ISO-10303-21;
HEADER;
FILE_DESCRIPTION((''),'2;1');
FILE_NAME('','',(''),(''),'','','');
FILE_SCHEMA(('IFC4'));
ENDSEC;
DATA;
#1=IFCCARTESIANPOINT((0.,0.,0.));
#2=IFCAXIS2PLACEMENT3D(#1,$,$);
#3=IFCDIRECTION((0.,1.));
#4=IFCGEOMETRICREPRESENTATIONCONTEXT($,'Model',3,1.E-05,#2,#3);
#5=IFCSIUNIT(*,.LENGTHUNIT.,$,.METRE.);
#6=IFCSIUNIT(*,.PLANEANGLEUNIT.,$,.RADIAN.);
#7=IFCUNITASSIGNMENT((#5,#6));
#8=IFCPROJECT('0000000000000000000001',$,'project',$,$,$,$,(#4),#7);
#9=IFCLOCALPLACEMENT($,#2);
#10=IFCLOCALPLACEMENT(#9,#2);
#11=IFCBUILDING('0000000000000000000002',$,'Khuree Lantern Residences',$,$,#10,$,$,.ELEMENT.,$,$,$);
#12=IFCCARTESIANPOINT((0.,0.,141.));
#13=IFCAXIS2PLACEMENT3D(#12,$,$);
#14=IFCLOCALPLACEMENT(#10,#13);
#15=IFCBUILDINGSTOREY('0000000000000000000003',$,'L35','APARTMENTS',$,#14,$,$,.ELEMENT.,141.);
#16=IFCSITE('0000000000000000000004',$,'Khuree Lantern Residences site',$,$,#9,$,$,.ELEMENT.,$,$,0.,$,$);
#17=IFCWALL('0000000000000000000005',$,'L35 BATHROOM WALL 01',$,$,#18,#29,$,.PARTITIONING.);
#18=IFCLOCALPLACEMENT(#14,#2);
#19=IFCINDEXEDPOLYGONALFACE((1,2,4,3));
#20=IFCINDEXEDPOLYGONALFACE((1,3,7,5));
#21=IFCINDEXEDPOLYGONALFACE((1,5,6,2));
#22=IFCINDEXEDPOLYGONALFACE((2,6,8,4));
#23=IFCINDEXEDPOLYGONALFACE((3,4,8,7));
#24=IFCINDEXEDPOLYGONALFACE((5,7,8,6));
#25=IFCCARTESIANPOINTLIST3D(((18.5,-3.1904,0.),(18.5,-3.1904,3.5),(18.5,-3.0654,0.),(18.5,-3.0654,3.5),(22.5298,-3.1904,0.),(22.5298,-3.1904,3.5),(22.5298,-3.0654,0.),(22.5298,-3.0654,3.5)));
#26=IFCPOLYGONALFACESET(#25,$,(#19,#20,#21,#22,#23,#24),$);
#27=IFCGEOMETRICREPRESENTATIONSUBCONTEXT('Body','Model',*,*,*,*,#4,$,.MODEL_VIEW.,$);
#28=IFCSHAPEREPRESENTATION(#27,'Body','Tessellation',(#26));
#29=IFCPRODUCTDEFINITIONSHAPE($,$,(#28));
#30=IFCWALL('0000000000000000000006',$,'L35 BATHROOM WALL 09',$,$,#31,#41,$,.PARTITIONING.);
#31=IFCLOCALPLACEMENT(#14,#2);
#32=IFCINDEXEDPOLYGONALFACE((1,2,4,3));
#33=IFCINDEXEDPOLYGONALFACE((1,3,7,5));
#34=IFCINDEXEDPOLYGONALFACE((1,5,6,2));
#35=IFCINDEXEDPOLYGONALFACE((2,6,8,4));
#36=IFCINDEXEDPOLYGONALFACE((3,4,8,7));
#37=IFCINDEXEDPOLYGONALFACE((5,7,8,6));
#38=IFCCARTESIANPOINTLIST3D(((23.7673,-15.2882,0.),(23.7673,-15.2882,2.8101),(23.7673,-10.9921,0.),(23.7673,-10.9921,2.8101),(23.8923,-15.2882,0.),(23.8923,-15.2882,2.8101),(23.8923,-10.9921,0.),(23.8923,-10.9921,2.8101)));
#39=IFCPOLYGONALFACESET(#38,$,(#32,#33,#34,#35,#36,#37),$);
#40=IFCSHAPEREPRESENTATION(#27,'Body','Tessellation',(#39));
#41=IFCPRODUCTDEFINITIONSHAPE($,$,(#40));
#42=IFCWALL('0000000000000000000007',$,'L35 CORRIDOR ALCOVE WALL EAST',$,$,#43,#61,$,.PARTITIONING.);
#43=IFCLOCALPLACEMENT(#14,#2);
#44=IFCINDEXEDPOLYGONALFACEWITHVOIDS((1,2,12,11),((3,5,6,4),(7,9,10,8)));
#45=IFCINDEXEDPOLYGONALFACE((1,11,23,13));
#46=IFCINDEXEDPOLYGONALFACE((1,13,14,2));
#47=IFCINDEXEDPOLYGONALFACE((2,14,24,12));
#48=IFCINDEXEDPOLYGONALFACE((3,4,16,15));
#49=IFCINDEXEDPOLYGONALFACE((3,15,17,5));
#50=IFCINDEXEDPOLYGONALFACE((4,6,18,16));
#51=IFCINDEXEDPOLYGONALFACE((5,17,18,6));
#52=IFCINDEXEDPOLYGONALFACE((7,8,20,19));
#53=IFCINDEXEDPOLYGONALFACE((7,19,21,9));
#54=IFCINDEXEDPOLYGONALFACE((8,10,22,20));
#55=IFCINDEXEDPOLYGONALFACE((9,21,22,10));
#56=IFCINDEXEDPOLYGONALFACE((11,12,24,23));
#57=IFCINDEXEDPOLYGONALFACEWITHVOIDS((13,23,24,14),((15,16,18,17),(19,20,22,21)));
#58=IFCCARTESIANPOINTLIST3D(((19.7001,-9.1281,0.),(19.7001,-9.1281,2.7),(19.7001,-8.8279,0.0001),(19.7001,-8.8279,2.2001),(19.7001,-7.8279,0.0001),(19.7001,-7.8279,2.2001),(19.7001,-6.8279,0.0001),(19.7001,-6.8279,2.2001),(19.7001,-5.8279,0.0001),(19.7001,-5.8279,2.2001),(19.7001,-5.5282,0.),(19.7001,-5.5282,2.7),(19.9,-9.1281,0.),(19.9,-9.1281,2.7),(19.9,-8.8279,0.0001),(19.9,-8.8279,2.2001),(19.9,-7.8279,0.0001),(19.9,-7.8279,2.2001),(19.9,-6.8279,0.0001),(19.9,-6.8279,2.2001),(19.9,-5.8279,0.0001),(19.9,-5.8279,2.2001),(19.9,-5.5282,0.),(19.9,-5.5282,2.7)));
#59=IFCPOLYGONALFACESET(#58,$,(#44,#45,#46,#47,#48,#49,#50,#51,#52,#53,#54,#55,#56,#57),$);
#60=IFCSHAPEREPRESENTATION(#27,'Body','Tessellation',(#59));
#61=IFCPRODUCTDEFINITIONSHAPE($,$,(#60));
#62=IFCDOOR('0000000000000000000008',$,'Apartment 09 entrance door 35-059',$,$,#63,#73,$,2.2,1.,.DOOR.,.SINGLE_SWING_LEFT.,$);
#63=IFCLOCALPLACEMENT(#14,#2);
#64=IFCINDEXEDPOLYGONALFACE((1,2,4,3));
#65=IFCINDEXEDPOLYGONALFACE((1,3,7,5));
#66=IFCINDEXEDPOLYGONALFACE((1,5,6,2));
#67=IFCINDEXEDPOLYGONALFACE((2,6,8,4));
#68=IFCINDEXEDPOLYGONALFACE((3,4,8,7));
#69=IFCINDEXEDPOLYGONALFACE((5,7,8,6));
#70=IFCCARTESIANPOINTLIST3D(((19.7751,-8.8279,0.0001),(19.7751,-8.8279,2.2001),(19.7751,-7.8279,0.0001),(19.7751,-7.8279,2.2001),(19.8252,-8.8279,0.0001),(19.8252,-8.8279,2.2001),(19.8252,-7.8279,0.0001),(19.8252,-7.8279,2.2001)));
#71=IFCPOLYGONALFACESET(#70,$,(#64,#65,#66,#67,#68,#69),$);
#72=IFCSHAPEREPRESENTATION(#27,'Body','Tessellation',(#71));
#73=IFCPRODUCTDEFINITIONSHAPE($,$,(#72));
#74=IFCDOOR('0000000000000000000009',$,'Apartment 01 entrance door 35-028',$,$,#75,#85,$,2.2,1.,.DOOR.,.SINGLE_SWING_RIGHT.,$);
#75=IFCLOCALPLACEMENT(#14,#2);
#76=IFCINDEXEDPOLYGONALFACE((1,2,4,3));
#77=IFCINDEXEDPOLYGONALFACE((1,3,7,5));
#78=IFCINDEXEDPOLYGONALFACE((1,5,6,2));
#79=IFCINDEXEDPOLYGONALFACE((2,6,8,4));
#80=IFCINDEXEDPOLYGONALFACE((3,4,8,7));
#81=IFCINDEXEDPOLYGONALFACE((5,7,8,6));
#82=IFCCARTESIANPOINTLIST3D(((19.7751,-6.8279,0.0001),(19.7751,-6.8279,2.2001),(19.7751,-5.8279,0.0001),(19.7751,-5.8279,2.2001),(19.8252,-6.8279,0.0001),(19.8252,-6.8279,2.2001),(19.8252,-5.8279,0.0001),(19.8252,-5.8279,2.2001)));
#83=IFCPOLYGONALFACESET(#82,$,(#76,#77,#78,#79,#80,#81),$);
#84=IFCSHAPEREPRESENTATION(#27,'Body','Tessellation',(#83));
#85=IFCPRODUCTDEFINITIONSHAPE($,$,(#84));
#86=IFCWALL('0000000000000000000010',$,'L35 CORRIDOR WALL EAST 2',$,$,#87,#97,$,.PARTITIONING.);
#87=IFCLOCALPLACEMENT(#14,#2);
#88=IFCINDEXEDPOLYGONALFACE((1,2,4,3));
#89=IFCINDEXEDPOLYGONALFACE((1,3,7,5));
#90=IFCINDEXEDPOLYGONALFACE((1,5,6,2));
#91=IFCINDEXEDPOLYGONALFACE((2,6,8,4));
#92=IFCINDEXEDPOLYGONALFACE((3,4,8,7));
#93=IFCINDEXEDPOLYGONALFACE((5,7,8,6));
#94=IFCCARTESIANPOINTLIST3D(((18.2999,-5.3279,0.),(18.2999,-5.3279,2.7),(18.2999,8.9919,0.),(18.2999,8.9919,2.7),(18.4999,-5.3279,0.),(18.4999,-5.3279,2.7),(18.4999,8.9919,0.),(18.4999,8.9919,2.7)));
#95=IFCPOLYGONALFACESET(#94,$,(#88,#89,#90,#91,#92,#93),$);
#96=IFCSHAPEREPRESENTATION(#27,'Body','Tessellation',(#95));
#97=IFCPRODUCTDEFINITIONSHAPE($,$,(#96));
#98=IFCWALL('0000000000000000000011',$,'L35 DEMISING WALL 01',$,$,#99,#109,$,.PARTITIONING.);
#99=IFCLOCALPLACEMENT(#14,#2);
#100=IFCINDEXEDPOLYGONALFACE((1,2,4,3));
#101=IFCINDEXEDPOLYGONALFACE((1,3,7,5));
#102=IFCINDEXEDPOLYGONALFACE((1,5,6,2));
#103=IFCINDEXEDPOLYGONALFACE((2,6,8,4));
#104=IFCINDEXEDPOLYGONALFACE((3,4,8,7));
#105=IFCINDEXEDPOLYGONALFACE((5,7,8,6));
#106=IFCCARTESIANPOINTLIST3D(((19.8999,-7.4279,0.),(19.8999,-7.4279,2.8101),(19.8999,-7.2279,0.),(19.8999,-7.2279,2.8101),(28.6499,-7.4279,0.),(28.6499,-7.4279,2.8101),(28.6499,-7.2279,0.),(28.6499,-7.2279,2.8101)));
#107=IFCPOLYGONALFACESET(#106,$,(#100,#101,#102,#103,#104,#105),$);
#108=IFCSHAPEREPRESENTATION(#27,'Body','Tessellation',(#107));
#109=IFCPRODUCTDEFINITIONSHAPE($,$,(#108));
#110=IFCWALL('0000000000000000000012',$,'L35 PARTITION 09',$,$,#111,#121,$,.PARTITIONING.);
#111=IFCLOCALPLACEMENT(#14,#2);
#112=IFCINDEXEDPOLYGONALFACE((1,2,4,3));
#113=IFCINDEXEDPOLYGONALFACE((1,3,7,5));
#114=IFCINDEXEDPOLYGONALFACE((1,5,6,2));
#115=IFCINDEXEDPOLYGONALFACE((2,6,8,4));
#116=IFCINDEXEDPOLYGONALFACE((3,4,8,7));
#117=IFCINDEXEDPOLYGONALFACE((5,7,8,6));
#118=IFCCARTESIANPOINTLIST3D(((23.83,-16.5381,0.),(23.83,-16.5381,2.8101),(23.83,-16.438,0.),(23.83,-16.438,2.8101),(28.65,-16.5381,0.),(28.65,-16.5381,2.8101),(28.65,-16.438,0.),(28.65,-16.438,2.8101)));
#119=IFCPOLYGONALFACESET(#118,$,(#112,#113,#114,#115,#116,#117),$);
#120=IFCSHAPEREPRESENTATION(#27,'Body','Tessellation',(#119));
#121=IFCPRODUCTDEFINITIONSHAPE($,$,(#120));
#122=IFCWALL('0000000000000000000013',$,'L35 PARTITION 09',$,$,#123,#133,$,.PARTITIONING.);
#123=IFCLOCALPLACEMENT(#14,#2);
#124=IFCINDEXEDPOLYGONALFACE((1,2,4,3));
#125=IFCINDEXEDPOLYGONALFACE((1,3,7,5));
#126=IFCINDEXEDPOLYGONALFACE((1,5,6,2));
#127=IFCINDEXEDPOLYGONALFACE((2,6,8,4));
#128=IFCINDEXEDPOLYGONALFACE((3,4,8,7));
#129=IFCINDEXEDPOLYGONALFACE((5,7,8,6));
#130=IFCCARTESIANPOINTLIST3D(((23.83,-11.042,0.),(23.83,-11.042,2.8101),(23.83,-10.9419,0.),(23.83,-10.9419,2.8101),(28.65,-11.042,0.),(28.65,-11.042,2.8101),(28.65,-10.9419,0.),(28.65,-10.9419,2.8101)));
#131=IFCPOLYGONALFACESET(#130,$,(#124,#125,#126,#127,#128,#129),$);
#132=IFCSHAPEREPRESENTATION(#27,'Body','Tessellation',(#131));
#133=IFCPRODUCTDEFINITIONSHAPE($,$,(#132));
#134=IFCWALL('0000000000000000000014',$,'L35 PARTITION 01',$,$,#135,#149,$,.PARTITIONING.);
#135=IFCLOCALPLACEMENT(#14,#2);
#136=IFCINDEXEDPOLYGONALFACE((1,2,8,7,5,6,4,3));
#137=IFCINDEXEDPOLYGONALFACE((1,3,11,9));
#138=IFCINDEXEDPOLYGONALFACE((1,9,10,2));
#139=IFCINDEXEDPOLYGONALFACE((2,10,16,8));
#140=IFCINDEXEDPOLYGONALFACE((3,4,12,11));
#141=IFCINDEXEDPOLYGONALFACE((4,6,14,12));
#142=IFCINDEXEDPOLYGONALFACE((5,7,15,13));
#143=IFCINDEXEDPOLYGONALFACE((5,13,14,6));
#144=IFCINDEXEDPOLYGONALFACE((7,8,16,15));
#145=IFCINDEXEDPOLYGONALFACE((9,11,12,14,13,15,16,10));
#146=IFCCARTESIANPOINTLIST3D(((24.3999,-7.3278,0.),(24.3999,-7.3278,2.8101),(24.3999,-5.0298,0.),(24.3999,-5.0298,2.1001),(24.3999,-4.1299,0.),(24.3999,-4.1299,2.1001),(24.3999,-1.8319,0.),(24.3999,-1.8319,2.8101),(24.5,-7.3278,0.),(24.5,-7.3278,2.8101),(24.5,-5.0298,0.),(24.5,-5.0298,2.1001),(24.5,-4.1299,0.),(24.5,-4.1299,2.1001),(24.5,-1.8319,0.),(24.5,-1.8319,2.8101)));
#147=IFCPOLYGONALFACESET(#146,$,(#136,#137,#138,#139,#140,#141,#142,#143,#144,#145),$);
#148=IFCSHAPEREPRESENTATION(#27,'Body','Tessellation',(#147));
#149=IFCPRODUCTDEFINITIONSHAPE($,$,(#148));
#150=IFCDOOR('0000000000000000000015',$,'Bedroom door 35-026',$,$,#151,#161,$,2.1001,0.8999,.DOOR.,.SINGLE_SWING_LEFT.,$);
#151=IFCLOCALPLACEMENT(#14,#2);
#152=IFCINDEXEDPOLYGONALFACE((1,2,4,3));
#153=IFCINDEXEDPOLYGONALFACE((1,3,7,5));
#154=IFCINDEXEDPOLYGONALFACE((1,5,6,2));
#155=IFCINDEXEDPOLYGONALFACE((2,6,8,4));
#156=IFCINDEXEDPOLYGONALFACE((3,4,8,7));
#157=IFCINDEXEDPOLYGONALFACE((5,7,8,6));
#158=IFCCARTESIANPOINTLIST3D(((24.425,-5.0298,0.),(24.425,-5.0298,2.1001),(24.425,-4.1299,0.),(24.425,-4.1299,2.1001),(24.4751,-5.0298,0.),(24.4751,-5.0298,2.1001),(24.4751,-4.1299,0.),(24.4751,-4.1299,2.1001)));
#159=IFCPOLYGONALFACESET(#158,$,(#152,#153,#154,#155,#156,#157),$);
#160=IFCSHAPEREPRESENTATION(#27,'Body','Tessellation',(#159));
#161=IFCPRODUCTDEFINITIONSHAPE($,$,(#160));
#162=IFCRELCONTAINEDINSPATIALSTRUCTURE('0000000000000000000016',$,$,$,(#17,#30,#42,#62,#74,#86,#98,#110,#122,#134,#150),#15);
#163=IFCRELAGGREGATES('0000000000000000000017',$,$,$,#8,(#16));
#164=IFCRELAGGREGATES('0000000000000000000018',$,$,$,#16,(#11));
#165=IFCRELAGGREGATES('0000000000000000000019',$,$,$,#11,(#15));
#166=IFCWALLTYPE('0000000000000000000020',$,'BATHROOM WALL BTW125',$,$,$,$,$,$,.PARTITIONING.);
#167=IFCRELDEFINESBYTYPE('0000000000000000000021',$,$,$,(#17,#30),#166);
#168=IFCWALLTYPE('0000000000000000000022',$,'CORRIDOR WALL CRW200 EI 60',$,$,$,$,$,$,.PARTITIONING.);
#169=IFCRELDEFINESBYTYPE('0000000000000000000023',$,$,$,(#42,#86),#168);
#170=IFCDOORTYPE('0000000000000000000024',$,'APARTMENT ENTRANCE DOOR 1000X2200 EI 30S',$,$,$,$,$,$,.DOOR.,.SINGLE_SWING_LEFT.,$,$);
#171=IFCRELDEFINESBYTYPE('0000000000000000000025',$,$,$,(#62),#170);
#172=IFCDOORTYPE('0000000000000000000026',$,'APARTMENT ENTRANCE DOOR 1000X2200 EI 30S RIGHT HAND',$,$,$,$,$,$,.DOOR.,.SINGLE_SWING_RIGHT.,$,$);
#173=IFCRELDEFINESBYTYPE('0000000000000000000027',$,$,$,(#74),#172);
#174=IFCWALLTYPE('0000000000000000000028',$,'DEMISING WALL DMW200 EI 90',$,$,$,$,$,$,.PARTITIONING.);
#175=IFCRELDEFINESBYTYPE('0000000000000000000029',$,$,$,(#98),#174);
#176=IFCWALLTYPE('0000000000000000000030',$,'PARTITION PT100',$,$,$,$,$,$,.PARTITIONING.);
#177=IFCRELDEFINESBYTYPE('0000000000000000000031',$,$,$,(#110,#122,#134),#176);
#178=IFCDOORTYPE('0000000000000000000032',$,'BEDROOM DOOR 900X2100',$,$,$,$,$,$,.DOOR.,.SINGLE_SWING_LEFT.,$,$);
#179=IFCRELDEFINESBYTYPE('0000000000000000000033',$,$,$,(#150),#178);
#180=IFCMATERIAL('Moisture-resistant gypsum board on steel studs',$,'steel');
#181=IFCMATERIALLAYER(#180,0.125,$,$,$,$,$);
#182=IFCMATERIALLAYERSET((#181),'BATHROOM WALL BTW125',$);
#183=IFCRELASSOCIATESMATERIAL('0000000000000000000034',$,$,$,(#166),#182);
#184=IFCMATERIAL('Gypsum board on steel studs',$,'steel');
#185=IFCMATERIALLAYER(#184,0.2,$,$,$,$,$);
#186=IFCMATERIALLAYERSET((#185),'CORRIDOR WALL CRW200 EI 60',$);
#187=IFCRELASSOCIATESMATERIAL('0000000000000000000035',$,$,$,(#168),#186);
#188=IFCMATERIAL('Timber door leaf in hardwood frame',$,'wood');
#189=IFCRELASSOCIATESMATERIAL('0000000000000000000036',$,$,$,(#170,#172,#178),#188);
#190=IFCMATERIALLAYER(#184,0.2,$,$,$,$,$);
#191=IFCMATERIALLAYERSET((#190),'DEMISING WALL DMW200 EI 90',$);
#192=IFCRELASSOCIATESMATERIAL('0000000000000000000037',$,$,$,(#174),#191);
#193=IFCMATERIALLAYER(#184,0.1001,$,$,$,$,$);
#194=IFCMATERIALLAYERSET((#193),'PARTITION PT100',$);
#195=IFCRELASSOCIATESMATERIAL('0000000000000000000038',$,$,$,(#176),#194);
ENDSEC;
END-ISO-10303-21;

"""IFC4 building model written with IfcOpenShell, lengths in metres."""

from ifc_helpers import new_model, si_unit, direction, frame, frame_2d, origin, place, context, subcontext, project, spatial, rectangle, extrude, material, layer, layer_set, type_object, element, fill, save


model = new_model("IFC4")

# Units and contexts
model_context = context("Model", 3, precision=1e-05, world=origin(), true_north=direction((0.0, 1.0)))
body_context = subcontext(model_context, "Body", "Model", "MODEL_VIEW")
ifc_project = project(units=[si_unit("LENGTHUNIT", "METRE"), si_unit("PLANEANGLEUNIT", "RADIAN")], contexts=[model_context])

# Site, building, storey
site_placement = place(None, origin())
site = spatial("IfcSite", under=ifc_project, at=site_placement, Name="Khuree Lantern Residences site", CompositionType="ELEMENT", RefElevation=0.0)
building_placement = place(site_placement, origin())
building = spatial("IfcBuilding", under=site, at=building_placement, Name="Khuree Lantern Residences", CompositionType="ELEMENT")
storey_placement = place(building_placement, frame((0.0, 0.0, 141.0)))
storey = spatial("IfcBuildingStorey", under=building, at=storey_placement, Name="L35", Description="APARTMENTS", CompositionType="ELEMENT", Elevation=141.0)

# Shared definitions
ifc_material_1 = material(Name="Moisture-resistant gypsum board on steel studs", Category="steel")
ifc_layer_1 = layer(ifc_material_1, 0.125)
ifc_layer_set_1 = layer_set([ifc_layer_1], Name="BATHROOM WALL BTW125")
wall_type_1 = type_object("IfcWallType", Name="BATHROOM WALL BTW125", PredefinedType="PARTITIONING", material=ifc_layer_set_1)
ifc_material_2 = material(Name="Timber door leaf in hardwood frame", Category="wood")

# Walls
wall_1_placement = place(storey_placement, frame((18.5, -3.1279, 0.0), z_axis=(0.0, 0.0, 1.0), x_axis=(1.0, 0.0, 0.0)))
element("IfcWall", 1, at=wall_1_placement, inside=storey, type_object=wall_type_1, Name="L35 BATHROOM WALL 01", PredefinedType="PARTITIONING", context=body_context, shape_type="SweptSolid", body=[
    extrude(rectangle(XDim=4.0298, YDim=0.125, at=frame_2d((2.0149, 0.0))), origin(), (0.0, 0.0, 1.0), 3.5),
])
wall_2_placement = place(storey_placement, frame((23.8298, -15.2881, 0.0), z_axis=(0.0, 0.0, 1.0), x_axis=(0.0, 1.0, 0.0)))
element("IfcWall", 2, at=wall_2_placement, inside=storey, type_object=wall_type_1, Name="L35 BATHROOM WALL 09", PredefinedType="PARTITIONING", context=body_context, shape_type="SweptSolid", body=[
    extrude(rectangle(XDim=4.2961, YDim=0.125, at=frame_2d((2.1479, 0.0))), origin(), (0.0, 0.0, 1.0), 2.8101),
])

# Wall, openings, doors
ifc_material_3 = material(Name="Gypsum board on steel studs", Category="steel")
ifc_layer_2 = layer(ifc_material_3, 0.2)
ifc_layer_set_2 = layer_set([ifc_layer_2], Name="CORRIDOR WALL CRW200 EI 60")
wall_type_2 = type_object("IfcWallType", Name="CORRIDOR WALL CRW200 EI 60", PredefinedType="PARTITIONING", material=ifc_layer_set_2)
wall_3_placement = place(storey_placement, frame((19.8, -9.1279, 0.0), z_axis=(0.0, 0.0, 1.0), x_axis=(0.0, 1.0, 0.0)))
wall_3 = element("IfcWall", 3, at=wall_3_placement, inside=storey, type_object=wall_type_2, Name="L35 CORRIDOR ALCOVE WALL EAST", PredefinedType="PARTITIONING", context=body_context, shape_type="SweptSolid", body=[
    extrude(rectangle(XDim=3.5999, YDim=0.2, at=frame_2d((1.7998, 0.0))), origin(), (0.0, 0.0, 1.0), 2.7),
])
opening_1_placement = place(wall_3_placement, frame((2.3, 0.0, 0.0)))
opening_1 = element("IfcOpeningElement", 4, at=opening_1_placement, cuts=wall_3, PredefinedType="OPENING", context=body_context, shape_type="SweptSolid", body=[
    extrude(rectangle(XDim=1.0, YDim=2.2, at=frame_2d((0.5, 1.1001))), frame((0.0, 0.1099, 0.0), z_axis=(0.0, -1.0, 0.0), x_axis=(1.0, 0.0, 0.0)), (0.0, 0.0, 1.0), 0.22),
])
opening_2_placement = place(wall_3_placement, frame((0.3, 0.0, 0.0)))
opening_2 = element("IfcOpeningElement", 5, at=opening_2_placement, cuts=wall_3, PredefinedType="OPENING", context=body_context, shape_type="SweptSolid", body=[
    extrude(rectangle(XDim=1.0, YDim=2.2, at=frame_2d((0.5, 1.1001))), frame((0.0, 0.1099, 0.0), z_axis=(0.0, -1.0, 0.0), x_axis=(1.0, 0.0, 0.0)), (0.0, 0.0, 1.0), 0.22),
])
door_type_1 = type_object("IfcDoorType", Name="APARTMENT ENTRANCE DOOR 1000X2200 EI 30S", OperationType="SINGLE_SWING_LEFT", PredefinedType="DOOR", material=ifc_material_2)
door_1_placement = place(opening_2_placement, origin())
door_1 = element("IfcDoor", 6, at=door_1_placement, inside=storey, type_object=door_type_1, Name="Apartment 09 entrance door 35-059", OperationType="SINGLE_SWING_LEFT", OverallHeight=2.2, OverallWidth=1.0, PredefinedType="DOOR", context=body_context, shape_type="SweptSolid", body=[
    extrude(rectangle(XDim=1.0, YDim=2.2, at=frame_2d((0.5, 1.1001))), frame((0.0, 0.0249, 0.0), z_axis=(0.0, -1.0, 0.0), x_axis=(1.0, 0.0, 0.0)), (0.0, 0.0, 1.0), 0.05),
])
fill(opening_2, door_1)
door_type_2 = type_object("IfcDoorType", Name="APARTMENT ENTRANCE DOOR 1000X2200 EI 30S RIGHT HAND", OperationType="SINGLE_SWING_RIGHT", PredefinedType="DOOR", material=ifc_material_2)
door_2_placement = place(opening_1_placement, origin())
door_2 = element("IfcDoor", 7, at=door_2_placement, inside=storey, type_object=door_type_2, Name="Apartment 01 entrance door 35-028", OperationType="SINGLE_SWING_RIGHT", OverallHeight=2.2, OverallWidth=1.0, PredefinedType="DOOR", context=body_context, shape_type="SweptSolid", body=[
    extrude(rectangle(XDim=1.0, YDim=2.2, at=frame_2d((0.5, 1.1001))), frame((0.0, 0.0249, 0.0), z_axis=(0.0, -1.0, 0.0), x_axis=(1.0, 0.0, 0.0)), (0.0, 0.0, 1.0), 0.05),
])
fill(opening_1, door_2)

# Walls
wall_4_placement = place(storey_placement, frame((18.3999, -5.3279, 0.0), z_axis=(0.0, 0.0, 1.0), x_axis=(0.0, 1.0, 0.0)))
element("IfcWall", 8, at=wall_4_placement, inside=storey, type_object=wall_type_2, Name="L35 CORRIDOR WALL EAST 2", PredefinedType="PARTITIONING", context=body_context, shape_type="SweptSolid", body=[
    extrude(rectangle(XDim=14.3198, YDim=0.2, at=frame_2d((7.1599, 0.0))), origin(), (0.0, 0.0, 1.0), 2.7),
])
ifc_layer_3 = layer(ifc_material_3, 0.2)
ifc_layer_set_3 = layer_set([ifc_layer_3], Name="DEMISING WALL DMW200 EI 90")
wall_type_3 = type_object("IfcWallType", Name="DEMISING WALL DMW200 EI 90", PredefinedType="PARTITIONING", material=ifc_layer_set_3)
wall_5_placement = place(storey_placement, frame((19.8999, -7.3279, 0.0), z_axis=(0.0, 0.0, 1.0), x_axis=(1.0, 0.0, 0.0)))
element("IfcWall", 9, at=wall_5_placement, inside=storey, type_object=wall_type_3, Name="L35 DEMISING WALL 01", PredefinedType="PARTITIONING", context=body_context, shape_type="SweptSolid", body=[
    extrude(rectangle(XDim=8.75, YDim=0.2, at=frame_2d((4.375, 0.0))), origin(), (0.0, 0.0, 1.0), 2.8101),
])
ifc_layer_4 = layer(ifc_material_3, 0.1001)
ifc_layer_set_4 = layer_set([ifc_layer_4], Name="PARTITION PT100")
wall_type_4 = type_object("IfcWallType", Name="PARTITION PT100", PredefinedType="PARTITIONING", material=ifc_layer_set_4)
for number, where, z_axis, x_axis, name in (
    (10, (23.8298, -16.488, 0.0), (0.0, 0.0, 1.0), (1.0, 0.0, 0.0), "L35 PARTITION 09"),
    (11, (23.8298, -10.9919, 0.0), (0.0, 0.0, 1.0), (1.0, 0.0, 0.0), "L35 PARTITION 09"),
):
    element("IfcWall", number, at=place(storey_placement, frame(where, z_axis=z_axis, x_axis=x_axis)), inside=storey, type_object=wall_type_4, Name=name, PredefinedType="PARTITIONING", context=body_context, shape_type="SweptSolid", body=[
        extrude(rectangle(XDim=4.8201, YDim=0.1001, at=frame_2d((2.4102, 0.0))), origin(), (0.0, 0.0, 1.0), 2.8101),
    ])

# Wall, opening, door
wall_6_placement = place(storey_placement, frame((24.45, -7.3279, 0.0), z_axis=(0.0, 0.0, 1.0), x_axis=(0.0, 1.0, 0.0)))
wall_6 = element("IfcWall", 12, at=wall_6_placement, inside=storey, type_object=wall_type_4, Name="L35 PARTITION 01", PredefinedType="PARTITIONING", context=body_context, shape_type="SweptSolid", body=[
    extrude(rectangle(XDim=5.4958, YDim=0.1001, at=frame_2d((2.748, 0.0))), origin(), (0.0, 0.0, 1.0), 2.8101),
])
opening_3_placement = place(wall_6_placement, frame((2.2981, 0.0, 0.0)))
opening_3 = element("IfcOpeningElement", 13, at=opening_3_placement, cuts=wall_6, PredefinedType="OPENING", context=body_context, shape_type="SweptSolid", body=[
    extrude(rectangle(XDim=0.8999, YDim=2.1001, at=frame_2d((0.45, 1.05))), frame((0.0, 0.0601, 0.0), z_axis=(0.0, -1.0, 0.0), x_axis=(1.0, 0.0, 0.0)), (0.0, 0.0, 1.0), 0.1201),
])
door_type_3 = type_object("IfcDoorType", Name="BEDROOM DOOR 900X2100", OperationType="SINGLE_SWING_LEFT", PredefinedType="DOOR", material=ifc_material_2)
door_3_placement = place(opening_3_placement, origin())
door_3 = element("IfcDoor", 14, at=door_3_placement, inside=storey, type_object=door_type_3, Name="Bedroom door 35-026", OperationType="SINGLE_SWING_LEFT", OverallHeight=2.1001, OverallWidth=0.8999, PredefinedType="DOOR", context=body_context, shape_type="SweptSolid", body=[
    extrude(rectangle(XDim=0.8999, YDim=2.1001, at=frame_2d((0.45, 1.05))), frame((0.0, 0.0249, 0.0), z_axis=(0.0, -1.0, 0.0), x_axis=(1.0, 0.0, 0.0)), (0.0, 0.0, 1.0), 0.05),
])
fill(opening_3, door_3)

save(model, "model.ifc")
